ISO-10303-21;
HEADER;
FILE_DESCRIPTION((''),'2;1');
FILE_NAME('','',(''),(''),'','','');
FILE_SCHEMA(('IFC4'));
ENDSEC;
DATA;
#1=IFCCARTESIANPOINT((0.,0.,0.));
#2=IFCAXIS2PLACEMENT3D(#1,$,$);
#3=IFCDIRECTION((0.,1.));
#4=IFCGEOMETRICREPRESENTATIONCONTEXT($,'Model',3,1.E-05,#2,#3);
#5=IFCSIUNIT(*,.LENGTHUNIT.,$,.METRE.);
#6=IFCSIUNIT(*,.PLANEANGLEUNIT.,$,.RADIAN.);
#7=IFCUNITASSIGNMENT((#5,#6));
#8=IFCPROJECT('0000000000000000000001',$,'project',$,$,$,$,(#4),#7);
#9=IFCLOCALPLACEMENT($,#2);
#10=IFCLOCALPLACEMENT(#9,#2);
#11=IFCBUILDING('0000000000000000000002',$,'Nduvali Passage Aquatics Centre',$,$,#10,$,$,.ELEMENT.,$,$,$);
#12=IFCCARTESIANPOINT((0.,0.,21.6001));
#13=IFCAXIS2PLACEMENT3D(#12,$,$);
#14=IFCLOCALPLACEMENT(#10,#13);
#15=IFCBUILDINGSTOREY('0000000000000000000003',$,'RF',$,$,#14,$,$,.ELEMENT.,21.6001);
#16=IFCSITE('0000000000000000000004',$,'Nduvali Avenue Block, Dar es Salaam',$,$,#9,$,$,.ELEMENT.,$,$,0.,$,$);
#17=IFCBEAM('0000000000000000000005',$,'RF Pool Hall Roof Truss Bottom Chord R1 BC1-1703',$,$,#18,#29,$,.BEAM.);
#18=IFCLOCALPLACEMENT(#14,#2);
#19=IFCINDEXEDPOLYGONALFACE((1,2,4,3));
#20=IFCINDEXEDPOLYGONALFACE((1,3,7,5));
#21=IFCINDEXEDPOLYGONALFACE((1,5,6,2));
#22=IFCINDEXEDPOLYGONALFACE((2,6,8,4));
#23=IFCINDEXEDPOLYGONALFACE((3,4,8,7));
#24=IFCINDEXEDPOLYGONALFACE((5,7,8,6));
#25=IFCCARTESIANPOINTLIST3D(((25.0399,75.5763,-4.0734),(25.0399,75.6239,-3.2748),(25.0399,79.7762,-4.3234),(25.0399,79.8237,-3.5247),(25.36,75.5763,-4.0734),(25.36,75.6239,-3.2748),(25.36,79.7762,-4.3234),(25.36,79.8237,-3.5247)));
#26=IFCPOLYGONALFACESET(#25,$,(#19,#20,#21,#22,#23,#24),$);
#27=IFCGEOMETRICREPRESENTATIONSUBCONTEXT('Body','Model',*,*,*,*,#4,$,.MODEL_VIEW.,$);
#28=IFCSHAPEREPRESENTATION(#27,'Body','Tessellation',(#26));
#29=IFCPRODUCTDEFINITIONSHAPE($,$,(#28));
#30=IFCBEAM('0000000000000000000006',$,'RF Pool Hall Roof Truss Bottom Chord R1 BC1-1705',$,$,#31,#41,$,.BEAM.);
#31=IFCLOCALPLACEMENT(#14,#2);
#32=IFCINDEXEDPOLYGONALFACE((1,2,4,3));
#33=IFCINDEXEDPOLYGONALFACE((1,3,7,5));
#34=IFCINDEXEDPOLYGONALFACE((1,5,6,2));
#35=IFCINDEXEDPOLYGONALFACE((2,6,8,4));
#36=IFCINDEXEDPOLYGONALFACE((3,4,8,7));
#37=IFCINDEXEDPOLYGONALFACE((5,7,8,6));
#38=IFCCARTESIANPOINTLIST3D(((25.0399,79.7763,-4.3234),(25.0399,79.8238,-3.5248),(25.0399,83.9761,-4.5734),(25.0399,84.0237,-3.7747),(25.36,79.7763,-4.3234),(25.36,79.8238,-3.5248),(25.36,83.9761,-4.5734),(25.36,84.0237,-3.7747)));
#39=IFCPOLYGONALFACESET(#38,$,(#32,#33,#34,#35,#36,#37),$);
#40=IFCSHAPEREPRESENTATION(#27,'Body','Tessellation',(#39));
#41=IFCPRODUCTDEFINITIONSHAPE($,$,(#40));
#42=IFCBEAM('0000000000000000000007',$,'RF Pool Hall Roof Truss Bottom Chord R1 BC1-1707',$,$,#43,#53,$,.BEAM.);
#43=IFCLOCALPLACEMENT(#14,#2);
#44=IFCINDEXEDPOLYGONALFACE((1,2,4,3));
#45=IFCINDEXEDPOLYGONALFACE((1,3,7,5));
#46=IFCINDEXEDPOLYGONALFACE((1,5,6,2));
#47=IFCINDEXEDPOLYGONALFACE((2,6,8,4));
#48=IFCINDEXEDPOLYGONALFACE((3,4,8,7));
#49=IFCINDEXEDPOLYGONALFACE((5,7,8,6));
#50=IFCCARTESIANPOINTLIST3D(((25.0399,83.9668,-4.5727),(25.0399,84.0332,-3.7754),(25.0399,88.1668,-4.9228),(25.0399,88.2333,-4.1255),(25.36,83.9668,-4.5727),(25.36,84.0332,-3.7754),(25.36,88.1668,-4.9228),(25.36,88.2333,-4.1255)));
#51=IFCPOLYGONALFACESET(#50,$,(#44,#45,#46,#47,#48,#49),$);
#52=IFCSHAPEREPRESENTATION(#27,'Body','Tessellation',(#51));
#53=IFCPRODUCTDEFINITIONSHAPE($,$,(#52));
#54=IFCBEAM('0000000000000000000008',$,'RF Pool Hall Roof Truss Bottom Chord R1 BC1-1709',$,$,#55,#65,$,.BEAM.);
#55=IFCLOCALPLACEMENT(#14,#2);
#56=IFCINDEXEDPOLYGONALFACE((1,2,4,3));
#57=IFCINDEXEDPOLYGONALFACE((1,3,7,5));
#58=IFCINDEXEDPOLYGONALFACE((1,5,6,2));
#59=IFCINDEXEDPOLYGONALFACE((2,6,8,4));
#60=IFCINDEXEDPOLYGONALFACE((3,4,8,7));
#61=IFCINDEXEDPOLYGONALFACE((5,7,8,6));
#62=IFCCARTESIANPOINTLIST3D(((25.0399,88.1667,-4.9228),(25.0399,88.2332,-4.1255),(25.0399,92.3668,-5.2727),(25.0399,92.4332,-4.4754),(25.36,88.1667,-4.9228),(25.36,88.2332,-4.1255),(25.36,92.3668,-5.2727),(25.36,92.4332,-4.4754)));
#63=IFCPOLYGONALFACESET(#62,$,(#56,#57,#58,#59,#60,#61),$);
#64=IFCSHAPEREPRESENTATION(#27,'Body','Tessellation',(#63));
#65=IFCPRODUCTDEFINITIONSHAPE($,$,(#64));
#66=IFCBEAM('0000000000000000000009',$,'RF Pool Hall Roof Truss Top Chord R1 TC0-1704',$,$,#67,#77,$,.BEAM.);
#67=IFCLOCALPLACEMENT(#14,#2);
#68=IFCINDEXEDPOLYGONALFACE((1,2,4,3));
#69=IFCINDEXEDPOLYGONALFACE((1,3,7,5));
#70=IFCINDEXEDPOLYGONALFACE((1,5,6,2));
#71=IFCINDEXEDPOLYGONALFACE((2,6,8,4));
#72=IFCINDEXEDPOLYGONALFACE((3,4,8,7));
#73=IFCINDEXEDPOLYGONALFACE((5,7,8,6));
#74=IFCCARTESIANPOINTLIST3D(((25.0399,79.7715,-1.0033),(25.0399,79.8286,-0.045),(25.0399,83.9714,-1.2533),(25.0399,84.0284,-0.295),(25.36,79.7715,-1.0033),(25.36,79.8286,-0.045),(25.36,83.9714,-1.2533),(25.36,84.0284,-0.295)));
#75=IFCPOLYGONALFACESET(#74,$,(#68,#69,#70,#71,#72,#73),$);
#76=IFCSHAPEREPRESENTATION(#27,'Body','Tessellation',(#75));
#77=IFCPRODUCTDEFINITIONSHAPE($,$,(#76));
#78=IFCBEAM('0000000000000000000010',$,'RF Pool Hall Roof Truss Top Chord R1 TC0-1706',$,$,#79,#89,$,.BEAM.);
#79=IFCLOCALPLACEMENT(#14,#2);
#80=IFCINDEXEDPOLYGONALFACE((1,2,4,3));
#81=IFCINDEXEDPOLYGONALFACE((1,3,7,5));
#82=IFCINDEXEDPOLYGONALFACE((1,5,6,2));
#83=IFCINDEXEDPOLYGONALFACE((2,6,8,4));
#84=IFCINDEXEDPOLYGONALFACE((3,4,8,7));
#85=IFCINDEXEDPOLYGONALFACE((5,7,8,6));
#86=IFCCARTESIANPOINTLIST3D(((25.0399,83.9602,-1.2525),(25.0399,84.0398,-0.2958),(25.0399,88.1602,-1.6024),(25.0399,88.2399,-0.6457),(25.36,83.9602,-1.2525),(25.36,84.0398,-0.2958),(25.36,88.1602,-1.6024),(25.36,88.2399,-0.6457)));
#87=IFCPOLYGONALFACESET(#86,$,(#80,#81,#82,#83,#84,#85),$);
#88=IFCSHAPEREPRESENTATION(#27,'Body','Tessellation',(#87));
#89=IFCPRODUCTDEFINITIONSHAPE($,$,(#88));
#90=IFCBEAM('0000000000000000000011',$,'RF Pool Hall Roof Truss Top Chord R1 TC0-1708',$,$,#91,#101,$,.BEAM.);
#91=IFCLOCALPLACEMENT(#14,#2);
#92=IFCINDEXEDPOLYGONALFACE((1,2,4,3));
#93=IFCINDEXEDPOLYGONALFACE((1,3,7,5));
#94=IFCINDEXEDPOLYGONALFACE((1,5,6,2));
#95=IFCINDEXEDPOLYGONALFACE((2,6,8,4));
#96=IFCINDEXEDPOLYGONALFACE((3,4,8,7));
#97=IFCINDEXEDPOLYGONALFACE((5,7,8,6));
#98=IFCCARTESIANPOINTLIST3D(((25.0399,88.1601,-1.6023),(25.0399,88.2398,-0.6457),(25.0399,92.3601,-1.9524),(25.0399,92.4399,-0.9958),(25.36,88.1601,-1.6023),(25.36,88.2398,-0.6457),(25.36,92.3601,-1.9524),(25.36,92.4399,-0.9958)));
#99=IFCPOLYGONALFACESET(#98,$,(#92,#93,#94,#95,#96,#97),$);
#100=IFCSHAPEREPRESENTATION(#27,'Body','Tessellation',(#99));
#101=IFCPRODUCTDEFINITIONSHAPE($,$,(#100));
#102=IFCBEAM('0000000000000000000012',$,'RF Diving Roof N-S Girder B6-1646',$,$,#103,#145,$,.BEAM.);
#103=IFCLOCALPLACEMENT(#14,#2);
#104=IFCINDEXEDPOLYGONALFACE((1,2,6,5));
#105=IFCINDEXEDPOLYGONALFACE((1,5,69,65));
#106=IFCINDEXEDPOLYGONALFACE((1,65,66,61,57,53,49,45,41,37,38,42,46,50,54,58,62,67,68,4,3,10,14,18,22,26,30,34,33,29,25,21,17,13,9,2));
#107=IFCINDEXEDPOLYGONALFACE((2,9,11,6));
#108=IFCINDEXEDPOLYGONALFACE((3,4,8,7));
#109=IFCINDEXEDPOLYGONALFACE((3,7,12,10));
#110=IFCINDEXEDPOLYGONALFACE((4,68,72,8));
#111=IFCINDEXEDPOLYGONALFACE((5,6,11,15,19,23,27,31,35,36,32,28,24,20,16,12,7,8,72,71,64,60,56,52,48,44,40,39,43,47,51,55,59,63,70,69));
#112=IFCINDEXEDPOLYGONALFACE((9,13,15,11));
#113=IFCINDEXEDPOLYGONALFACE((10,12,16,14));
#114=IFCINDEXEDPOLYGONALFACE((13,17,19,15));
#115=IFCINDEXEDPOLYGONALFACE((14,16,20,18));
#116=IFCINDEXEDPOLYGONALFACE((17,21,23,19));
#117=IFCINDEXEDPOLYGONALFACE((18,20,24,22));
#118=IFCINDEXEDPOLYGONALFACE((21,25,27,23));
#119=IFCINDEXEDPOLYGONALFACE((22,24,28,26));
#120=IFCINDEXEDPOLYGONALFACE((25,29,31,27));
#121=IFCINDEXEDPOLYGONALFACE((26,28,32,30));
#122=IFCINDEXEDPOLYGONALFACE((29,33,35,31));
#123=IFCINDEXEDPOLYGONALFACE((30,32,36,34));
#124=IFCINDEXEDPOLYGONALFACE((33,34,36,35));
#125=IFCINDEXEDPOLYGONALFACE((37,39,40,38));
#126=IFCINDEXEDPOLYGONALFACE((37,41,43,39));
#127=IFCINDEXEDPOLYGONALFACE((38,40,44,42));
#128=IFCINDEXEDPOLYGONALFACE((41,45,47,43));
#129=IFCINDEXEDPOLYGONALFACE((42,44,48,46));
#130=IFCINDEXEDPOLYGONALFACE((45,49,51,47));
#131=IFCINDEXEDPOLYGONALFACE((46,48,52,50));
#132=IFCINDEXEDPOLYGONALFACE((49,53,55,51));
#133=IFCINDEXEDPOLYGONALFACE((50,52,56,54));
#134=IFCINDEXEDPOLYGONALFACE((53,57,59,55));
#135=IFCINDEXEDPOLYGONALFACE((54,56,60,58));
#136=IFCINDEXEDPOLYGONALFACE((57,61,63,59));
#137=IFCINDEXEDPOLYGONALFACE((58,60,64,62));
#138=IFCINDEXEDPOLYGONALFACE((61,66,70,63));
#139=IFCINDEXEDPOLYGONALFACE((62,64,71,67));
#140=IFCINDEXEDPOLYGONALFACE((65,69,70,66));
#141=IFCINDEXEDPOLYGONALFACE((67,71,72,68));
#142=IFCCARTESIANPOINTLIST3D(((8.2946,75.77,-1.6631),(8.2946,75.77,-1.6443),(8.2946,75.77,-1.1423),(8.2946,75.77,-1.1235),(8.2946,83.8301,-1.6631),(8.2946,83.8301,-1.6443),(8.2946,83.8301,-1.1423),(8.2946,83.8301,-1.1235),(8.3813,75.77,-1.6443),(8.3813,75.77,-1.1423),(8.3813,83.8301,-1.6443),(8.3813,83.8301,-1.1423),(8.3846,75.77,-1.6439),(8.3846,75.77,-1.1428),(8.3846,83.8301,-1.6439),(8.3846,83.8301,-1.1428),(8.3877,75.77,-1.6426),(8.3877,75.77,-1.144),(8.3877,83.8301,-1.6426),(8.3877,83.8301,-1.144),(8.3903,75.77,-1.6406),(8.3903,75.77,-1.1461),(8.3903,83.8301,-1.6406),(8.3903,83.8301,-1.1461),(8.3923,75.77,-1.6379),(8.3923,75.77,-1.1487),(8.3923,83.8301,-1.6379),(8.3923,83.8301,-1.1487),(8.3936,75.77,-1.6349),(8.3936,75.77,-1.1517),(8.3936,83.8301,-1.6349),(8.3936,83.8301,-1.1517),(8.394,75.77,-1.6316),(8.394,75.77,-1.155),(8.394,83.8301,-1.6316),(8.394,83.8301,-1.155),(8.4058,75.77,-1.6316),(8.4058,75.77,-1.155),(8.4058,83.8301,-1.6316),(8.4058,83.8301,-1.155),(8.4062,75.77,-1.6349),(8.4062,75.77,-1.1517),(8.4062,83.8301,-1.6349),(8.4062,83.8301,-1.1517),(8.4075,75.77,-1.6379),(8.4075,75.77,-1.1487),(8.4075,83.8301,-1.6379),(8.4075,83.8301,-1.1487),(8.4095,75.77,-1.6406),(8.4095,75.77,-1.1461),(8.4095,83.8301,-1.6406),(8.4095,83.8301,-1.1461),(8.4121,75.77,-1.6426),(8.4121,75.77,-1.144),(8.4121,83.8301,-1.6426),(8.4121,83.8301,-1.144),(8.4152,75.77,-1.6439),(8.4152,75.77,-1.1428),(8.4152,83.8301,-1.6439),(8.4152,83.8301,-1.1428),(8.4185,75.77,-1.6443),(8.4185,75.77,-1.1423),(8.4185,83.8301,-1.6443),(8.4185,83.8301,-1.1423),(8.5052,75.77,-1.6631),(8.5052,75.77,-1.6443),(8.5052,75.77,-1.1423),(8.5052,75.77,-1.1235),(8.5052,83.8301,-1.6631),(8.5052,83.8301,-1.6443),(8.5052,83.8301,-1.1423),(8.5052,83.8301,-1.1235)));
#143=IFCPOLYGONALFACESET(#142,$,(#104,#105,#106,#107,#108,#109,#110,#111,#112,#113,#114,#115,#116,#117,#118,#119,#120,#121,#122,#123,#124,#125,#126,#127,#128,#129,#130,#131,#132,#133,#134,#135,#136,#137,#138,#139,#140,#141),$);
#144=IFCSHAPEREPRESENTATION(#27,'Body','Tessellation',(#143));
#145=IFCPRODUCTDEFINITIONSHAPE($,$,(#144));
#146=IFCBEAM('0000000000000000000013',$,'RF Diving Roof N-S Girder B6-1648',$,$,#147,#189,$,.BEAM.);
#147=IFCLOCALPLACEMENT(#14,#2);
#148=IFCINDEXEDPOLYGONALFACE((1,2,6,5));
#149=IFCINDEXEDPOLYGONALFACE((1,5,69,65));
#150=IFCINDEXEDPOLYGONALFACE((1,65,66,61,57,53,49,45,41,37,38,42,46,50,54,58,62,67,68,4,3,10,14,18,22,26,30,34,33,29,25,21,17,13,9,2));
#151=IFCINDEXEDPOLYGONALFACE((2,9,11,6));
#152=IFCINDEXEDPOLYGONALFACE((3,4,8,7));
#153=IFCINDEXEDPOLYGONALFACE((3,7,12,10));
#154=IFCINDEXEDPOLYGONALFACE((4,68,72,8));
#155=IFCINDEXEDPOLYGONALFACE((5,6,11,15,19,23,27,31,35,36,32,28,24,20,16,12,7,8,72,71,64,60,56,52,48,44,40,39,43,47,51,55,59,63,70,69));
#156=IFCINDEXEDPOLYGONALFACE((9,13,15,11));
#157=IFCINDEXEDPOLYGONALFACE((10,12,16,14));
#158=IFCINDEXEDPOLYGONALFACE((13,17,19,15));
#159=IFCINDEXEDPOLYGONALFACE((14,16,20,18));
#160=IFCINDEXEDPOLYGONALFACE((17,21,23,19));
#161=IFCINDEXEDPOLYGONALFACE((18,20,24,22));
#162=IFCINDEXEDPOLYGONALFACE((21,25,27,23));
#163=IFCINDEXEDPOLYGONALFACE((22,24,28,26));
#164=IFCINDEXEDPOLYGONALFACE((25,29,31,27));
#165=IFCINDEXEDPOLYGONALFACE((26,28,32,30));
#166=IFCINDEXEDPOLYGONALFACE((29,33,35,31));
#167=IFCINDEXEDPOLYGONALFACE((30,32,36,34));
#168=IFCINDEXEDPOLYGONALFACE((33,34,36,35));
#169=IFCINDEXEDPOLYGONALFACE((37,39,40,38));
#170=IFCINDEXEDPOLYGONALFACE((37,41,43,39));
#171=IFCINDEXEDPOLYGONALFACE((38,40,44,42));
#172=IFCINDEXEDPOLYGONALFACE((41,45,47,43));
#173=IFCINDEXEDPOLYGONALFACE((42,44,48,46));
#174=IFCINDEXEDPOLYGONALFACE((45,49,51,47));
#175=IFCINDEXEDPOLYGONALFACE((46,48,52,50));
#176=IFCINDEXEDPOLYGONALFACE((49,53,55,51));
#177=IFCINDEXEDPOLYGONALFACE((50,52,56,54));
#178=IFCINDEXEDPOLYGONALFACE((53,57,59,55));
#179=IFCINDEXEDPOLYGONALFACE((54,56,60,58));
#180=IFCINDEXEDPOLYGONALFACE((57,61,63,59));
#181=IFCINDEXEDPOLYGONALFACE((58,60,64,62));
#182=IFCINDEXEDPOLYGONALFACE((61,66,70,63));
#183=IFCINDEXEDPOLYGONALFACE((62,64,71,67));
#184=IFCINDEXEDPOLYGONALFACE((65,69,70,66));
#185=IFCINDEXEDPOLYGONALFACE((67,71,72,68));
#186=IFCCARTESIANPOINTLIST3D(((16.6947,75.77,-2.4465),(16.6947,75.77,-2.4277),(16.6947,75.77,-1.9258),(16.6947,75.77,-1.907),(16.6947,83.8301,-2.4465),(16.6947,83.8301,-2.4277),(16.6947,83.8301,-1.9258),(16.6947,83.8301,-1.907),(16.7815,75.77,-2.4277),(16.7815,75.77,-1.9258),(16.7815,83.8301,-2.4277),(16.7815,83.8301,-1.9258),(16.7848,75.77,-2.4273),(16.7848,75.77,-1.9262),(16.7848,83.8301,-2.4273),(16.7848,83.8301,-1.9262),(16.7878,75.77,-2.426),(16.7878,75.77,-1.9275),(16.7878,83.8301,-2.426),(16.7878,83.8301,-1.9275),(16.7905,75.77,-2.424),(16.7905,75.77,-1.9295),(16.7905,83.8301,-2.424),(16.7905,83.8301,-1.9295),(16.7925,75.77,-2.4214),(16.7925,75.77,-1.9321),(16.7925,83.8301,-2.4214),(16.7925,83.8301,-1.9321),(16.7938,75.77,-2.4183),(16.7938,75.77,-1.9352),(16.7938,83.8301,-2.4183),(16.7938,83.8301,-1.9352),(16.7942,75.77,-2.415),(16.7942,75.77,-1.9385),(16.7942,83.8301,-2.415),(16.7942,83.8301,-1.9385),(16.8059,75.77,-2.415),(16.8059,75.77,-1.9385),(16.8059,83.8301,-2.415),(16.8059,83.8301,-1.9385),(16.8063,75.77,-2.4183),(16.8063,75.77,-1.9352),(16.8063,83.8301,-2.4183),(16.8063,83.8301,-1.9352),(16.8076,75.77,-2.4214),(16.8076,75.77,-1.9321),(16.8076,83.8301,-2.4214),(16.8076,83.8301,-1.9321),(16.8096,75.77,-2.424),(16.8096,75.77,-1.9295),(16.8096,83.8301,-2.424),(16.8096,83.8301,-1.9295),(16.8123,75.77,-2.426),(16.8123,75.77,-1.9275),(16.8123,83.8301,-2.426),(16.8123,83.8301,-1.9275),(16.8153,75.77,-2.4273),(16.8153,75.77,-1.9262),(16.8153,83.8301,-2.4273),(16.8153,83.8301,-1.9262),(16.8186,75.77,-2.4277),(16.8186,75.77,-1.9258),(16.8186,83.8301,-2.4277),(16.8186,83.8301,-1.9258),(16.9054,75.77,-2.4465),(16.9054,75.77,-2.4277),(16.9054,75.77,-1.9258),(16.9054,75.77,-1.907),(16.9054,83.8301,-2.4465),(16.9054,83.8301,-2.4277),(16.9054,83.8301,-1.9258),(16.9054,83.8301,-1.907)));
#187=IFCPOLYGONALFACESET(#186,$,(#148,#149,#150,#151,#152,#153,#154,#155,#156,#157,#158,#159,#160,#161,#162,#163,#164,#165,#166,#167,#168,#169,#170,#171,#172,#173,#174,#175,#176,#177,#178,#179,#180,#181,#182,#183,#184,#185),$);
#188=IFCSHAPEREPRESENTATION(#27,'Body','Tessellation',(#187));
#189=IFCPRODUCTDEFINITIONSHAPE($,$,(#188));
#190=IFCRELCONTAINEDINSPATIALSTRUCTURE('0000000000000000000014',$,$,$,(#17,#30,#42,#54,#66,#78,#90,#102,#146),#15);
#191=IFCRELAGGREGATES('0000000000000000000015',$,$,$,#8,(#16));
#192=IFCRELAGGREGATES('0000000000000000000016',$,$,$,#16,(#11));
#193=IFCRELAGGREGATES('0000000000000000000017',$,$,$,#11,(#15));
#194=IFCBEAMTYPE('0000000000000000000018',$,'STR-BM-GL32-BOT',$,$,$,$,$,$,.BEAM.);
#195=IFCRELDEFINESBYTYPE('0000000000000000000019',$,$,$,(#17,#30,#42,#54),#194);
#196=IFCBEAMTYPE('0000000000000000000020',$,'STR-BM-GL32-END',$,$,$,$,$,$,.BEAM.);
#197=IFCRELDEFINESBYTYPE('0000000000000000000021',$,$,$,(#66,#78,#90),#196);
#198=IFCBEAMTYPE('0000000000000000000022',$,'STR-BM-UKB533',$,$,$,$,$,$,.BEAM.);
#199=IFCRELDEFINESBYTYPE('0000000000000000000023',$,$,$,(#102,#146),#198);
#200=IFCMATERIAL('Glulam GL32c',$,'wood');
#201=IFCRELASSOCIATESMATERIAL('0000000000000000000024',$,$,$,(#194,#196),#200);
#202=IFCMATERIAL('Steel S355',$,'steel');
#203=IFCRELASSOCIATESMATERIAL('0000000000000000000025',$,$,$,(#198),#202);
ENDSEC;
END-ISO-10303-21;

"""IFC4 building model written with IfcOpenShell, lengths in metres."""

from ifc_helpers import new_model, si_unit, direction, frame, origin, origin_2d, place, context, subcontext, project, spatial, rectangle, i_section, extrude, material, material_profile, profile_set, type_object, element, save


model = new_model("IFC4")

# Units and contexts
model_context = context("Model", 3, precision=1e-05, world=origin(), true_north=direction((0.0, 1.0)))
body_context = subcontext(model_context, "Body", "Model", "MODEL_VIEW")
ifc_project = project(units=[si_unit("LENGTHUNIT", "METRE"), si_unit("PLANEANGLEUNIT", "RADIAN")], contexts=[model_context])

# Site, building, storey
site_placement = place(None, origin())
site = spatial("IfcSite", under=ifc_project, at=site_placement, Name="Nduvali Avenue Block, Dar es Salaam", CompositionType="ELEMENT", RefElevation=0.0)
building_placement = place(site_placement, origin())
building = spatial("IfcBuilding", under=site, at=building_placement, Name="Nduvali Passage Aquatics Centre", CompositionType="ELEMENT")
storey_placement = place(building_placement, frame((0.0, 0.0, 21.6001)))
storey = spatial("IfcBuildingStorey", under=building, at=storey_placement, Name="RF", CompositionType="ELEMENT", Elevation=21.6001)

# Beams
ifc_material_1 = material(Name="Glulam GL32c", Category="wood")
ifc_material_profile_1 = material_profile(ifc_material_1, rectangle(XDim=0.3201, YDim=0.8, at=origin_2d()), Name="GL32c 320x800")
ifc_profile_set_1 = profile_set([ifc_material_profile_1], Name="Glulam GL32c")
beam_type_1 = type_object("IfcBeamType", Name="STR-BM-GL32-BOT", PredefinedType="BEAM", material=ifc_profile_set_1)
for number, where, z_axis, x_axis, name in (
    (1, (25.2, 75.6001, -3.6741), (0.0, 0.998233, -0.059419), (-1.0, 0.0, 0.0), "RF Pool Hall Roof Truss Bottom Chord R1 BC1-1703"),
    (2, (25.2, 79.8, -3.9241), (0.0, 0.998233, -0.059419), (-1.0, 0.0, 0.0), "RF Pool Hall Roof Truss Bottom Chord R1 BC1-1705"),
):
    element("IfcBeam", number, at=place(storey_placement, frame(where, z_axis=z_axis, x_axis=x_axis)), inside=storey, type_object=beam_type_1, Name=name, PredefinedType="BEAM", context=body_context, shape_type="SweptSolid", body=[
        extrude(rectangle(XDim=0.3201, YDim=0.8, at=origin_2d()), origin(), (0.0, 0.0, 1.0), 4.2073),
    ])
for number, where, z_axis, x_axis, name in (
    (3, (25.2, 84.0, -4.1741), (0.0, 0.996544, -0.083069), (-1.0, 0.0, 0.0), "RF Pool Hall Roof Truss Bottom Chord R1 BC1-1707"),
    (4, (25.2, 88.2, -4.5242), (0.0, 0.996549, -0.083012), (-1.0, 0.0, 0.0), "RF Pool Hall Roof Truss Bottom Chord R1 BC1-1709"),
):
    element("IfcBeam", number, at=place(storey_placement, frame(where, z_axis=z_axis, x_axis=x_axis)), inside=storey, type_object=beam_type_1, Name=name, PredefinedType="BEAM", context=body_context, shape_type="SweptSolid", body=[
        extrude(rectangle(XDim=0.3201, YDim=0.8, at=origin_2d()), origin(), (0.0, 0.0, 1.0), 4.2146),
    ])
ifc_material_profile_2 = material_profile(ifc_material_1, rectangle(XDim=0.3201, YDim=0.96, at=origin_2d()), Name="GL32c 320x960")
ifc_profile_set_2 = profile_set([ifc_material_profile_2], Name="Glulam GL32c")
beam_type_2 = type_object("IfcBeamType", Name="STR-BM-GL32-END", PredefinedType="BEAM", material=ifc_profile_set_2)
beam_1_placement = place(storey_placement, frame((25.2, 79.8, -0.5242), z_axis=(0.0, 0.998233, -0.059419), x_axis=(-1.0, 0.0, 0.0)))
element("IfcBeam", 5, at=beam_1_placement, inside=storey, type_object=beam_type_2, Name="RF Pool Hall Roof Truss Top Chord R1 TC0-1704", PredefinedType="BEAM", context=body_context, shape_type="SweptSolid", body=[
    extrude(rectangle(XDim=0.3201, YDim=0.96, at=origin_2d()), origin(), (0.0, 0.0, 1.0), 4.2073),
])
for number, where, z_axis, x_axis, name in (
    (6, (25.2, 84.0, -0.7742), (0.0, 0.996549, -0.083012), (-1.0, 0.0, 0.0), "RF Pool Hall Roof Truss Top Chord R1 TC0-1706"),
    (7, (25.2, 88.2, -1.124), (0.0, 0.996544, -0.083069), (-1.0, 0.0, 0.0), "RF Pool Hall Roof Truss Top Chord R1 TC0-1708"),
):
    element("IfcBeam", number, at=place(storey_placement, frame(where, z_axis=z_axis, x_axis=x_axis)), inside=storey, type_object=beam_type_2, Name=name, PredefinedType="BEAM", context=body_context, shape_type="SweptSolid", body=[
        extrude(rectangle(XDim=0.3201, YDim=0.96, at=origin_2d()), origin(), (0.0, 0.0, 1.0), 4.2146),
    ])
ifc_material_2 = material(Name="Steel S355", Category="steel")
ifc_material_profile_3 = material_profile(ifc_material_2, i_section(OverallWidth=0.2107, OverallDepth=0.5396, WebThickness=0.0117, FlangeThickness=0.0188, FilletRadius=0.0127, at=origin_2d()), Name="UKB 533x210x109")
ifc_profile_set_3 = profile_set([ifc_material_profile_3], Name="Steel S355")
beam_type_3 = type_object("IfcBeamType", Name="STR-BM-UKB533", PredefinedType="BEAM", material=ifc_profile_set_3)
for number, where, z_axis, x_axis, name in (
    (8, (8.3999, 75.77, -1.3933), (0.0, 1.0, 0.0), (-1.0, 0.0, 0.0), "RF Diving Roof N-S Girder B6-1646"),
    (9, (16.8, 75.77, -2.1768), (0.0, 1.0, 0.0), (-1.0, 0.0, 0.0), "RF Diving Roof N-S Girder B6-1648"),
):
    element("IfcBeam", number, at=place(storey_placement, frame(where, z_axis=z_axis, x_axis=x_axis)), inside=storey, type_object=beam_type_3, Name=name, PredefinedType="BEAM", context=body_context, shape_type="SweptSolid", body=[
        extrude(i_section(OverallWidth=0.2107, OverallDepth=0.5396, WebThickness=0.0117, FlangeThickness=0.0188, FilletRadius=0.0127, at=origin_2d()), origin(), (0.0, 0.0, 1.0), 8.0601),
    ])

save(model, "model.ifc")
